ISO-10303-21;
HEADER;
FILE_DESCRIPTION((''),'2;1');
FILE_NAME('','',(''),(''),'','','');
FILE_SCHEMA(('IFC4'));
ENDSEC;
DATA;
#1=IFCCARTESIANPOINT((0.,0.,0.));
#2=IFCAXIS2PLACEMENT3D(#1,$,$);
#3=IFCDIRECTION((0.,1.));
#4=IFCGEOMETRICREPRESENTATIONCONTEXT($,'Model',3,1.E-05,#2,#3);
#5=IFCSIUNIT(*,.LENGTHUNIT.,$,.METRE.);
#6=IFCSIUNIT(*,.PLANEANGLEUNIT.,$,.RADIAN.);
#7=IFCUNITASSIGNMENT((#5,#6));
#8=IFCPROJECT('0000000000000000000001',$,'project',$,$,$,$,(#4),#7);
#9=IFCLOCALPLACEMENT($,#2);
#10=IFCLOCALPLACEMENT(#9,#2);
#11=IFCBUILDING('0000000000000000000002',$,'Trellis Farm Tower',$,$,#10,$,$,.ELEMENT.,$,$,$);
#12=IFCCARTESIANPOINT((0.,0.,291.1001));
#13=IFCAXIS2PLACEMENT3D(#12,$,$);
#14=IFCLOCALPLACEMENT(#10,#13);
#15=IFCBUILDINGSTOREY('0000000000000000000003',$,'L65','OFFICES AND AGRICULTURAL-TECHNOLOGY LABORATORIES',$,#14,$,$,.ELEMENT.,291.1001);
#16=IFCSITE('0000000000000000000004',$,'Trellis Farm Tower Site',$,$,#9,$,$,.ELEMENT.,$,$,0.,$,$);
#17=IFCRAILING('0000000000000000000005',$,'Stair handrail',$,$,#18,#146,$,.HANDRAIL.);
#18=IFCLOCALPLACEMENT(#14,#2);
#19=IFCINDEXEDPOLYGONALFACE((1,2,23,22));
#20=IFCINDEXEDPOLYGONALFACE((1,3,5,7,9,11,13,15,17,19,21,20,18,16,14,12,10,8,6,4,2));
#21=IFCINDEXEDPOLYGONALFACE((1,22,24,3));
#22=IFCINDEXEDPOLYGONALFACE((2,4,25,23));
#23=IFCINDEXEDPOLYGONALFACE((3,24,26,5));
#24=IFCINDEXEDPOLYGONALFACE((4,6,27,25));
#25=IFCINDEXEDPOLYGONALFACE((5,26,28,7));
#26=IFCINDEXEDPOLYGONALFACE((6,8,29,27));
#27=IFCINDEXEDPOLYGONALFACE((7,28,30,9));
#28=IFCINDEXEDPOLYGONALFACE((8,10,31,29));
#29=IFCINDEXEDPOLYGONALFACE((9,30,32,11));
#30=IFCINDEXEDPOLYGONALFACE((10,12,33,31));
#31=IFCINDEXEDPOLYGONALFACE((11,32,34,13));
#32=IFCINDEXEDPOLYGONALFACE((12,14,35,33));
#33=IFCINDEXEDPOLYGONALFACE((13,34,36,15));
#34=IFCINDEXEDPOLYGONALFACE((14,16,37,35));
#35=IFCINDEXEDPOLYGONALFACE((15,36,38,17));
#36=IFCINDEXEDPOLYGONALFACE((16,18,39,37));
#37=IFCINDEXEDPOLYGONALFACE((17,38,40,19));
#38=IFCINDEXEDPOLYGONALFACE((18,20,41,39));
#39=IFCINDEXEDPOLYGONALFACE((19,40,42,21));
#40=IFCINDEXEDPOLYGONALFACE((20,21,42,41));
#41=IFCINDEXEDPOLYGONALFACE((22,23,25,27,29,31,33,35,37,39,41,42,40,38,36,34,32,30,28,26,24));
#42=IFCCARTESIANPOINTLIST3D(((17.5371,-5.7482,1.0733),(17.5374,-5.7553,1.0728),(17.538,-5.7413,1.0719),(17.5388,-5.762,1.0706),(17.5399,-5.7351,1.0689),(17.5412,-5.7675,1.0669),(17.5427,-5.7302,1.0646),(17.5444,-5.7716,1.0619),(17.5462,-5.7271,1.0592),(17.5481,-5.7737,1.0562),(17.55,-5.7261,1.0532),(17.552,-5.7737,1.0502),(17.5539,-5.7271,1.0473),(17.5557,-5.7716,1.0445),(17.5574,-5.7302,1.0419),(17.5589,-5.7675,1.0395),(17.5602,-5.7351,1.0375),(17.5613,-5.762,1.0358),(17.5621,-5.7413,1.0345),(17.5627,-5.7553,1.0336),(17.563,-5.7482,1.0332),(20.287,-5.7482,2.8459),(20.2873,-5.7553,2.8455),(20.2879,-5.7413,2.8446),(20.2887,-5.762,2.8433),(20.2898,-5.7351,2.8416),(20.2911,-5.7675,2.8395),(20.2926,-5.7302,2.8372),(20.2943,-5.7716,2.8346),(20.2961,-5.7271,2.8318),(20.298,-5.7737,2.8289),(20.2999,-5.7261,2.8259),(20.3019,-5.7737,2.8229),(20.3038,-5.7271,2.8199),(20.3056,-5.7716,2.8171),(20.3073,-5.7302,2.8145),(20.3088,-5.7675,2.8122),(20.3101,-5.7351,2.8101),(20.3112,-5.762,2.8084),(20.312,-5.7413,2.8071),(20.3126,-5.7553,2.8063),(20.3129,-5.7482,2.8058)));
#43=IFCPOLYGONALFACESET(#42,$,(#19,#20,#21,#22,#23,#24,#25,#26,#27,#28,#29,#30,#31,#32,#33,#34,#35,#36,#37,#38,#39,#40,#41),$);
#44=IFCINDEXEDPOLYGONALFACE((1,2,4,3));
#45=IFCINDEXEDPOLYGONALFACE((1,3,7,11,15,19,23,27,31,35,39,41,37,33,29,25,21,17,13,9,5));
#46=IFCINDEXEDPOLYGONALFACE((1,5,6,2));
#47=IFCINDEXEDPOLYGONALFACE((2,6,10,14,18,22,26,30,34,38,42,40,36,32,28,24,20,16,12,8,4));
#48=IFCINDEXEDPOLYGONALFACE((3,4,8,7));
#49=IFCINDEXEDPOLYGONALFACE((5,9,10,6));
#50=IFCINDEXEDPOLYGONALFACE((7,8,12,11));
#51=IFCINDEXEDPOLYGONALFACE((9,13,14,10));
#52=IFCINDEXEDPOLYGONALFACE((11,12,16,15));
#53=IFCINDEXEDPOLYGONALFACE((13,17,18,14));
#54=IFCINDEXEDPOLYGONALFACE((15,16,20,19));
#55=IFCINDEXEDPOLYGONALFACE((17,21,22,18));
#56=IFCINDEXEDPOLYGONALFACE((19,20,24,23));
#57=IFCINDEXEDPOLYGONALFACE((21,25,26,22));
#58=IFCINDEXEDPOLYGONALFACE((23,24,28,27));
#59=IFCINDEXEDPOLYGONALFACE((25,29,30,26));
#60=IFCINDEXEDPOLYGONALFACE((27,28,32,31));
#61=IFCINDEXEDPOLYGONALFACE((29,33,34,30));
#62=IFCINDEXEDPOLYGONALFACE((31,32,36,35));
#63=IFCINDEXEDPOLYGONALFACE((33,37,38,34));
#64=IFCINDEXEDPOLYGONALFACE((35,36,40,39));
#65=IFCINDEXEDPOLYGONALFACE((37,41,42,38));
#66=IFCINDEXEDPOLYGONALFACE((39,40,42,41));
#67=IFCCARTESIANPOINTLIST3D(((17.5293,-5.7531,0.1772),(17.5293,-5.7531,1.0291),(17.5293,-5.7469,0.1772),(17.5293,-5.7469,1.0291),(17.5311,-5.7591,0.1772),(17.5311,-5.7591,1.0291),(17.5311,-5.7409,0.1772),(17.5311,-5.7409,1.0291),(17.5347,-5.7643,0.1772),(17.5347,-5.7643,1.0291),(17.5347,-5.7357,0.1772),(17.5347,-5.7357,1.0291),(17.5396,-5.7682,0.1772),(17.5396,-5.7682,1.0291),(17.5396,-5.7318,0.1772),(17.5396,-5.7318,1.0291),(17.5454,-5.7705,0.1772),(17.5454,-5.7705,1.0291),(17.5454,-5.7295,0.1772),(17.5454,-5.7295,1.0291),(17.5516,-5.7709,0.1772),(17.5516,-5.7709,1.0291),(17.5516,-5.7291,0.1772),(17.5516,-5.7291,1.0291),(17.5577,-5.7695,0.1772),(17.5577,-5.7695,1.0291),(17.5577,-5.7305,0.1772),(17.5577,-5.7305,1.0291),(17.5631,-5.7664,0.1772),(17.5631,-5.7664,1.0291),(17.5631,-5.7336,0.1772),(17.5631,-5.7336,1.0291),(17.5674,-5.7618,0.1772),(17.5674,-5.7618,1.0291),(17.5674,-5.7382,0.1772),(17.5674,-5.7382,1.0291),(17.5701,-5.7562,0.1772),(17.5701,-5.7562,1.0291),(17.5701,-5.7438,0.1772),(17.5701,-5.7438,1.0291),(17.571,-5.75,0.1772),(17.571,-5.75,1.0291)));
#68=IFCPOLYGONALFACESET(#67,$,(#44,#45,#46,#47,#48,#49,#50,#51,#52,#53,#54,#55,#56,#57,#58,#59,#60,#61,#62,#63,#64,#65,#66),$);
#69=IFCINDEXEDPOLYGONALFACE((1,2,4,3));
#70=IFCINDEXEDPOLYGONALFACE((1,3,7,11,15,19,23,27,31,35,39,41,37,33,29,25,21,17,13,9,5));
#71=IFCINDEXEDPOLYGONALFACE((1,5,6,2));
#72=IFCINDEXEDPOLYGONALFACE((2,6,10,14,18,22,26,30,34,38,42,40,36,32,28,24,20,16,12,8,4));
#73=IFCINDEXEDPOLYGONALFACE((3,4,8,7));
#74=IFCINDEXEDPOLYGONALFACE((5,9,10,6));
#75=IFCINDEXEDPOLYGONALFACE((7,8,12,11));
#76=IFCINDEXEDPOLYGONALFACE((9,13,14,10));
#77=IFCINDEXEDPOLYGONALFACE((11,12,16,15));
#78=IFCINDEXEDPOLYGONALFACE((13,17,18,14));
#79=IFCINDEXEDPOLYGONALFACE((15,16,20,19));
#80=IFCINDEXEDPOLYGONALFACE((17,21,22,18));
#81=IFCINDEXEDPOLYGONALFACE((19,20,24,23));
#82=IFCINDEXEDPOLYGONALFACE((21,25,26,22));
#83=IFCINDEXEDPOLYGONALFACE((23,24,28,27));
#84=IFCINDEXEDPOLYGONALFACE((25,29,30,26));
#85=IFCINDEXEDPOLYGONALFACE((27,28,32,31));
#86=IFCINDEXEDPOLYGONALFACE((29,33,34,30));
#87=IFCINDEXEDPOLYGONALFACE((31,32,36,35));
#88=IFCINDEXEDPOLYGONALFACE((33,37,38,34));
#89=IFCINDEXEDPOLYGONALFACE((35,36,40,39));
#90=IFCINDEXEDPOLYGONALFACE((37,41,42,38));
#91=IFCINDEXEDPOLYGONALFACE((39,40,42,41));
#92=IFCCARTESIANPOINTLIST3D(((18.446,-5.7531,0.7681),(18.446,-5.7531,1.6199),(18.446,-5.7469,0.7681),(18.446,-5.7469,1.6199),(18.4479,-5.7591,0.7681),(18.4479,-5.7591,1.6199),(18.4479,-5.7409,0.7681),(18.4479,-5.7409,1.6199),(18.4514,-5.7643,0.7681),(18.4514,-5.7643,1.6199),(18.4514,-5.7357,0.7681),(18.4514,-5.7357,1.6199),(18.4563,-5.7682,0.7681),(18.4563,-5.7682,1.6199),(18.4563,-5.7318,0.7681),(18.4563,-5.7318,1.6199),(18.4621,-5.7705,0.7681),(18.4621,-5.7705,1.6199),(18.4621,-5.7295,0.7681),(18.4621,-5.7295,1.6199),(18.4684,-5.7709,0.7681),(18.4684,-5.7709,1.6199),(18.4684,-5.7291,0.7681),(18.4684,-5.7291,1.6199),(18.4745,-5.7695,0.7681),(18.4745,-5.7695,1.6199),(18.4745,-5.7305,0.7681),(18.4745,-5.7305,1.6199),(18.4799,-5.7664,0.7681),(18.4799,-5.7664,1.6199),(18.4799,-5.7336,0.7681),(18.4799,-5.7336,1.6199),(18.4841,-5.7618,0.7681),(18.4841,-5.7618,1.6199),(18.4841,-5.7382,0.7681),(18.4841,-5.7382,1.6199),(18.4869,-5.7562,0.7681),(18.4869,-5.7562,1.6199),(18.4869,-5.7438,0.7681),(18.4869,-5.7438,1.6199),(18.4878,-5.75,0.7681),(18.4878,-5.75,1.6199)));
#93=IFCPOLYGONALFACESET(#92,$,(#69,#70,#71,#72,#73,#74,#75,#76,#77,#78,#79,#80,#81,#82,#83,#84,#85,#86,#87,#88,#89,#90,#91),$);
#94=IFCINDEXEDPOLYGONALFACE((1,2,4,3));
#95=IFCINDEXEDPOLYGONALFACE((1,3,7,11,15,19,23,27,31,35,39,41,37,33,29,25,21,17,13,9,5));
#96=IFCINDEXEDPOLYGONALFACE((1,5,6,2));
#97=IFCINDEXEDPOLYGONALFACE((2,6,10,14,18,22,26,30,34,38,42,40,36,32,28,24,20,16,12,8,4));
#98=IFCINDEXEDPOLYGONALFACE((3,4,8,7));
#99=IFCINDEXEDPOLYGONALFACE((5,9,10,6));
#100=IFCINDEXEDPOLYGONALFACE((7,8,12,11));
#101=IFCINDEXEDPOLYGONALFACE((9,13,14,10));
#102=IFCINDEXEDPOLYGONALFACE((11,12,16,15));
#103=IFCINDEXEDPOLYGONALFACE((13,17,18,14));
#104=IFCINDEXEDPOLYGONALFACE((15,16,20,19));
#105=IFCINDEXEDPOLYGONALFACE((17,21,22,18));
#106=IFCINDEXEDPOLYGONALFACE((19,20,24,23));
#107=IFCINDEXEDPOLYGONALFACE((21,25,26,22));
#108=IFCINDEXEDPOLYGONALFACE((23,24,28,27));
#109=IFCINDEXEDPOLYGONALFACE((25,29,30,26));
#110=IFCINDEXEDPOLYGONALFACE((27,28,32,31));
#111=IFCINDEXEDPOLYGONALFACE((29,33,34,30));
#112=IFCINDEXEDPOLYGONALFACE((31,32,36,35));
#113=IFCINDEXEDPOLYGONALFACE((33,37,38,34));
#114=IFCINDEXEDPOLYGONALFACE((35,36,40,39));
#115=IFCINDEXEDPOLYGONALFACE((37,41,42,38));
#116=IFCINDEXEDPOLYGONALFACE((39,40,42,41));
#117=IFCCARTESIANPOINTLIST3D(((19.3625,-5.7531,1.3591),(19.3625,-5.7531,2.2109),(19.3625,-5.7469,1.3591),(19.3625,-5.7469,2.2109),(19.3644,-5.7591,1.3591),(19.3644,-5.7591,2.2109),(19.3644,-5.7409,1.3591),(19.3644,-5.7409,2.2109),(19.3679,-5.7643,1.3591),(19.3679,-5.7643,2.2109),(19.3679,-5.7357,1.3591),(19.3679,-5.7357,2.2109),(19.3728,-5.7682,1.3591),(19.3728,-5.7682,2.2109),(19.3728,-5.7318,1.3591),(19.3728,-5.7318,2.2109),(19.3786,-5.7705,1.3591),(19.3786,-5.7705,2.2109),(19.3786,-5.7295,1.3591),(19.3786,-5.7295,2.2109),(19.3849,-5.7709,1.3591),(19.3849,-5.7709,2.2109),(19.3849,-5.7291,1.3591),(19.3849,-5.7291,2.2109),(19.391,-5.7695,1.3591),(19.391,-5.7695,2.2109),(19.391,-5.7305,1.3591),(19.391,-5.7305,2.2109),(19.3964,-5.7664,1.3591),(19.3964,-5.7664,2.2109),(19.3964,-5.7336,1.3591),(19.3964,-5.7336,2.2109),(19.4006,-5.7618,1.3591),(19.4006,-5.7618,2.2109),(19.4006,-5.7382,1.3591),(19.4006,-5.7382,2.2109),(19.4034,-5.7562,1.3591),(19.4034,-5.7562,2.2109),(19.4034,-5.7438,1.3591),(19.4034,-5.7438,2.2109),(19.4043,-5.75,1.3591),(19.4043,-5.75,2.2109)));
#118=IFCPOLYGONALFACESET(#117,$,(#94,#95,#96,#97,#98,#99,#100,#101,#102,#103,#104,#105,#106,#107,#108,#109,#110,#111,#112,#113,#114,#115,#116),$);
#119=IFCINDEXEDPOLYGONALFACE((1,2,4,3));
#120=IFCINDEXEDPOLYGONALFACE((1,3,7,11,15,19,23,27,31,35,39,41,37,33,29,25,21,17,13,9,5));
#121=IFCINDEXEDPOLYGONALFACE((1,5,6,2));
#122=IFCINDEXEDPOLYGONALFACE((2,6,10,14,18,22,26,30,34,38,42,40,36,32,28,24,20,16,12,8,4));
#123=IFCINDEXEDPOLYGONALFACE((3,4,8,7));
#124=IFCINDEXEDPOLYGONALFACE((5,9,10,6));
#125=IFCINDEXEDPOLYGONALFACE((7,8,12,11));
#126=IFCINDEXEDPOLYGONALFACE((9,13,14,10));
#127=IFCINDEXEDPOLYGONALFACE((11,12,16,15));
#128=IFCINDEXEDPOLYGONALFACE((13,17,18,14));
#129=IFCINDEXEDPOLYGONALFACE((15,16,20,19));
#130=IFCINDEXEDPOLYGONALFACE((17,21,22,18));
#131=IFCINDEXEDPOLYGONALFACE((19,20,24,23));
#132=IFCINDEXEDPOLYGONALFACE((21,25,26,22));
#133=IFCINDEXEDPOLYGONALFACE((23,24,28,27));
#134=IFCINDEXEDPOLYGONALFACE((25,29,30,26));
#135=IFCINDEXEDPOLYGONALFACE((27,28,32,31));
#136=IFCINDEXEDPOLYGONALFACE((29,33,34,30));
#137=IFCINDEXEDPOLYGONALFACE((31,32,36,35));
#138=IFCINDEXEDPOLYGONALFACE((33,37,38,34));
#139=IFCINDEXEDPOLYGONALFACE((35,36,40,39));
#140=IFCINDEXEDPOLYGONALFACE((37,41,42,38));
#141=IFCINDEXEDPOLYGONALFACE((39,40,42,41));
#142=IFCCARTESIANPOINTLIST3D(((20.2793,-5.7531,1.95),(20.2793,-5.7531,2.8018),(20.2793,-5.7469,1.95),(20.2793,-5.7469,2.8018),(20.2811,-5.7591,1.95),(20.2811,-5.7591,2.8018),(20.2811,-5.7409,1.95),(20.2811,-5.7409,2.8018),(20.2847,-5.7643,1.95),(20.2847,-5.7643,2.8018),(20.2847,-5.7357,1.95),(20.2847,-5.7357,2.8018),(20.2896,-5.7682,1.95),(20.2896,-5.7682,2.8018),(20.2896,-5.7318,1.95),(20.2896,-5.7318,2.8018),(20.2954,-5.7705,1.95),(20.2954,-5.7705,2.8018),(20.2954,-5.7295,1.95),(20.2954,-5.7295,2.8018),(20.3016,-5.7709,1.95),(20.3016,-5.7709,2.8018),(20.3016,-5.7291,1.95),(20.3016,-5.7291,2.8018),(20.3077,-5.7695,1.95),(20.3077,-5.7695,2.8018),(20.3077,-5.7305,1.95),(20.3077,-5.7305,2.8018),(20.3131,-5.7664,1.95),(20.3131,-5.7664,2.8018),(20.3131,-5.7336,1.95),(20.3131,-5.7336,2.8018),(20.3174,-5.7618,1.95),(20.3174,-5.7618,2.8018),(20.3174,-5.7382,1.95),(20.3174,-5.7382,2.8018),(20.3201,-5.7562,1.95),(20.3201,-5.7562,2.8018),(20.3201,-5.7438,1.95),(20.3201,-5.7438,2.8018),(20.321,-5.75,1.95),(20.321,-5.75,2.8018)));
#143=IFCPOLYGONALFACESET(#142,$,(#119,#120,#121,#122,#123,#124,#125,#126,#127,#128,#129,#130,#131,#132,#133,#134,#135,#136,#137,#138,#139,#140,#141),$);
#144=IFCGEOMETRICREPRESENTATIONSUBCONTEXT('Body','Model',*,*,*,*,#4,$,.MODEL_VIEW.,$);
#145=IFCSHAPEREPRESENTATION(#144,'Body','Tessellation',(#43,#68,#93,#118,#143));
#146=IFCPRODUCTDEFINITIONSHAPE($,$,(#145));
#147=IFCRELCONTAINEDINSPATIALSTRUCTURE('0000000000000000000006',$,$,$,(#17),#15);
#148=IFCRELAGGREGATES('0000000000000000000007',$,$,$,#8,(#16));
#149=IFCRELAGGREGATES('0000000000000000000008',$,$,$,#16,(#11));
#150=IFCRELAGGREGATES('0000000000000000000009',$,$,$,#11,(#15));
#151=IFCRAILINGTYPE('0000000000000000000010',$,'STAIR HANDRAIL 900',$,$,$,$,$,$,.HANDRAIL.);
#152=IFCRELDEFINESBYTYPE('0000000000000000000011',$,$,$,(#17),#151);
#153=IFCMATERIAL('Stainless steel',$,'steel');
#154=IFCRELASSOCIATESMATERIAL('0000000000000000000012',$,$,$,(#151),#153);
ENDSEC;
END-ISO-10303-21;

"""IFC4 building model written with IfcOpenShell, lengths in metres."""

from ifc_helpers import new_model, si_unit, direction, frame, origin, origin_2d, place, context, subcontext, project, spatial, circle, extrude, source, transform, mapped, material, type_object, element, save


model = new_model("IFC4")

# Units and contexts
model_context = context("Model", 3, precision=1e-05, world=origin(), true_north=direction((0.0, 1.0)))
body_context = subcontext(model_context, "Body", "Model", "MODEL_VIEW")
ifc_project = project(units=[si_unit("LENGTHUNIT", "METRE"), si_unit("PLANEANGLEUNIT", "RADIAN")], contexts=[model_context])

# Site, building, storey
site_placement = place(None, origin())
site = spatial("IfcSite", under=ifc_project, at=site_placement, Name="Trellis Farm Tower Site", CompositionType="ELEMENT", RefElevation=0.0)
building_placement = place(site_placement, origin())
building = spatial("IfcBuilding", under=site, at=building_placement, Name="Trellis Farm Tower", CompositionType="ELEMENT")
storey_placement = place(building_placement, frame((0.0, 0.0, 291.1001)))
storey = spatial("IfcBuildingStorey", under=building, at=storey_placement, Name="L65", Description="OFFICES AND AGRICULTURAL-TECHNOLOGY LABORATORIES", CompositionType="ELEMENT", Elevation=291.1001)

# Railing
ifc_material_1 = material(Name="Stainless steel", Category="steel")
railing_type = type_object("IfcRailingType", Name="STAIR HANDRAIL 900", PredefinedType="HANDRAIL", material=ifc_material_1)
shared_shape_1 = source(origin(), body_context, "Body", "SweptSolid", [
    extrude(circle(Radius=0.0239, at=origin_2d()), frame((0.0, 0.0, 0.876), z_axis=(0.840504, 0.0, 0.541806), x_axis=(0.0, 1.0, 0.0)), (0.0, 0.0, 1.0), 3.2717),
    extrude(circle(Radius=0.021, at=origin_2d()), origin(), (0.0, 0.0, 1.0), 0.8518),
    extrude(circle(Radius=0.021, at=origin_2d()), frame((0.9167, 0.0, 0.5908)), (0.0, 0.0, 1.0), 0.8518),
    extrude(circle(Radius=0.021, at=origin_2d()), frame((1.8333, 0.0, 1.1819)), (0.0, 0.0, 1.0), 0.8518),
    extrude(circle(Radius=0.021, at=origin_2d()), frame((2.75, 0.0, 1.7727)), (0.0, 0.0, 1.0), 0.8518),
])
railing_placement = place(storey_placement, frame((17.55, -5.75, 0.1772)))
element("IfcRailing", 1, at=railing_placement, inside=storey, type_object=railing_type, Name="Stair handrail", PredefinedType="HANDRAIL", context=body_context, shape_type="MappedRepresentation", body=[
    mapped(shared_shape_1, transform((0.0, 0.0, 0.0))),
])

save(model, "model.ifc")
